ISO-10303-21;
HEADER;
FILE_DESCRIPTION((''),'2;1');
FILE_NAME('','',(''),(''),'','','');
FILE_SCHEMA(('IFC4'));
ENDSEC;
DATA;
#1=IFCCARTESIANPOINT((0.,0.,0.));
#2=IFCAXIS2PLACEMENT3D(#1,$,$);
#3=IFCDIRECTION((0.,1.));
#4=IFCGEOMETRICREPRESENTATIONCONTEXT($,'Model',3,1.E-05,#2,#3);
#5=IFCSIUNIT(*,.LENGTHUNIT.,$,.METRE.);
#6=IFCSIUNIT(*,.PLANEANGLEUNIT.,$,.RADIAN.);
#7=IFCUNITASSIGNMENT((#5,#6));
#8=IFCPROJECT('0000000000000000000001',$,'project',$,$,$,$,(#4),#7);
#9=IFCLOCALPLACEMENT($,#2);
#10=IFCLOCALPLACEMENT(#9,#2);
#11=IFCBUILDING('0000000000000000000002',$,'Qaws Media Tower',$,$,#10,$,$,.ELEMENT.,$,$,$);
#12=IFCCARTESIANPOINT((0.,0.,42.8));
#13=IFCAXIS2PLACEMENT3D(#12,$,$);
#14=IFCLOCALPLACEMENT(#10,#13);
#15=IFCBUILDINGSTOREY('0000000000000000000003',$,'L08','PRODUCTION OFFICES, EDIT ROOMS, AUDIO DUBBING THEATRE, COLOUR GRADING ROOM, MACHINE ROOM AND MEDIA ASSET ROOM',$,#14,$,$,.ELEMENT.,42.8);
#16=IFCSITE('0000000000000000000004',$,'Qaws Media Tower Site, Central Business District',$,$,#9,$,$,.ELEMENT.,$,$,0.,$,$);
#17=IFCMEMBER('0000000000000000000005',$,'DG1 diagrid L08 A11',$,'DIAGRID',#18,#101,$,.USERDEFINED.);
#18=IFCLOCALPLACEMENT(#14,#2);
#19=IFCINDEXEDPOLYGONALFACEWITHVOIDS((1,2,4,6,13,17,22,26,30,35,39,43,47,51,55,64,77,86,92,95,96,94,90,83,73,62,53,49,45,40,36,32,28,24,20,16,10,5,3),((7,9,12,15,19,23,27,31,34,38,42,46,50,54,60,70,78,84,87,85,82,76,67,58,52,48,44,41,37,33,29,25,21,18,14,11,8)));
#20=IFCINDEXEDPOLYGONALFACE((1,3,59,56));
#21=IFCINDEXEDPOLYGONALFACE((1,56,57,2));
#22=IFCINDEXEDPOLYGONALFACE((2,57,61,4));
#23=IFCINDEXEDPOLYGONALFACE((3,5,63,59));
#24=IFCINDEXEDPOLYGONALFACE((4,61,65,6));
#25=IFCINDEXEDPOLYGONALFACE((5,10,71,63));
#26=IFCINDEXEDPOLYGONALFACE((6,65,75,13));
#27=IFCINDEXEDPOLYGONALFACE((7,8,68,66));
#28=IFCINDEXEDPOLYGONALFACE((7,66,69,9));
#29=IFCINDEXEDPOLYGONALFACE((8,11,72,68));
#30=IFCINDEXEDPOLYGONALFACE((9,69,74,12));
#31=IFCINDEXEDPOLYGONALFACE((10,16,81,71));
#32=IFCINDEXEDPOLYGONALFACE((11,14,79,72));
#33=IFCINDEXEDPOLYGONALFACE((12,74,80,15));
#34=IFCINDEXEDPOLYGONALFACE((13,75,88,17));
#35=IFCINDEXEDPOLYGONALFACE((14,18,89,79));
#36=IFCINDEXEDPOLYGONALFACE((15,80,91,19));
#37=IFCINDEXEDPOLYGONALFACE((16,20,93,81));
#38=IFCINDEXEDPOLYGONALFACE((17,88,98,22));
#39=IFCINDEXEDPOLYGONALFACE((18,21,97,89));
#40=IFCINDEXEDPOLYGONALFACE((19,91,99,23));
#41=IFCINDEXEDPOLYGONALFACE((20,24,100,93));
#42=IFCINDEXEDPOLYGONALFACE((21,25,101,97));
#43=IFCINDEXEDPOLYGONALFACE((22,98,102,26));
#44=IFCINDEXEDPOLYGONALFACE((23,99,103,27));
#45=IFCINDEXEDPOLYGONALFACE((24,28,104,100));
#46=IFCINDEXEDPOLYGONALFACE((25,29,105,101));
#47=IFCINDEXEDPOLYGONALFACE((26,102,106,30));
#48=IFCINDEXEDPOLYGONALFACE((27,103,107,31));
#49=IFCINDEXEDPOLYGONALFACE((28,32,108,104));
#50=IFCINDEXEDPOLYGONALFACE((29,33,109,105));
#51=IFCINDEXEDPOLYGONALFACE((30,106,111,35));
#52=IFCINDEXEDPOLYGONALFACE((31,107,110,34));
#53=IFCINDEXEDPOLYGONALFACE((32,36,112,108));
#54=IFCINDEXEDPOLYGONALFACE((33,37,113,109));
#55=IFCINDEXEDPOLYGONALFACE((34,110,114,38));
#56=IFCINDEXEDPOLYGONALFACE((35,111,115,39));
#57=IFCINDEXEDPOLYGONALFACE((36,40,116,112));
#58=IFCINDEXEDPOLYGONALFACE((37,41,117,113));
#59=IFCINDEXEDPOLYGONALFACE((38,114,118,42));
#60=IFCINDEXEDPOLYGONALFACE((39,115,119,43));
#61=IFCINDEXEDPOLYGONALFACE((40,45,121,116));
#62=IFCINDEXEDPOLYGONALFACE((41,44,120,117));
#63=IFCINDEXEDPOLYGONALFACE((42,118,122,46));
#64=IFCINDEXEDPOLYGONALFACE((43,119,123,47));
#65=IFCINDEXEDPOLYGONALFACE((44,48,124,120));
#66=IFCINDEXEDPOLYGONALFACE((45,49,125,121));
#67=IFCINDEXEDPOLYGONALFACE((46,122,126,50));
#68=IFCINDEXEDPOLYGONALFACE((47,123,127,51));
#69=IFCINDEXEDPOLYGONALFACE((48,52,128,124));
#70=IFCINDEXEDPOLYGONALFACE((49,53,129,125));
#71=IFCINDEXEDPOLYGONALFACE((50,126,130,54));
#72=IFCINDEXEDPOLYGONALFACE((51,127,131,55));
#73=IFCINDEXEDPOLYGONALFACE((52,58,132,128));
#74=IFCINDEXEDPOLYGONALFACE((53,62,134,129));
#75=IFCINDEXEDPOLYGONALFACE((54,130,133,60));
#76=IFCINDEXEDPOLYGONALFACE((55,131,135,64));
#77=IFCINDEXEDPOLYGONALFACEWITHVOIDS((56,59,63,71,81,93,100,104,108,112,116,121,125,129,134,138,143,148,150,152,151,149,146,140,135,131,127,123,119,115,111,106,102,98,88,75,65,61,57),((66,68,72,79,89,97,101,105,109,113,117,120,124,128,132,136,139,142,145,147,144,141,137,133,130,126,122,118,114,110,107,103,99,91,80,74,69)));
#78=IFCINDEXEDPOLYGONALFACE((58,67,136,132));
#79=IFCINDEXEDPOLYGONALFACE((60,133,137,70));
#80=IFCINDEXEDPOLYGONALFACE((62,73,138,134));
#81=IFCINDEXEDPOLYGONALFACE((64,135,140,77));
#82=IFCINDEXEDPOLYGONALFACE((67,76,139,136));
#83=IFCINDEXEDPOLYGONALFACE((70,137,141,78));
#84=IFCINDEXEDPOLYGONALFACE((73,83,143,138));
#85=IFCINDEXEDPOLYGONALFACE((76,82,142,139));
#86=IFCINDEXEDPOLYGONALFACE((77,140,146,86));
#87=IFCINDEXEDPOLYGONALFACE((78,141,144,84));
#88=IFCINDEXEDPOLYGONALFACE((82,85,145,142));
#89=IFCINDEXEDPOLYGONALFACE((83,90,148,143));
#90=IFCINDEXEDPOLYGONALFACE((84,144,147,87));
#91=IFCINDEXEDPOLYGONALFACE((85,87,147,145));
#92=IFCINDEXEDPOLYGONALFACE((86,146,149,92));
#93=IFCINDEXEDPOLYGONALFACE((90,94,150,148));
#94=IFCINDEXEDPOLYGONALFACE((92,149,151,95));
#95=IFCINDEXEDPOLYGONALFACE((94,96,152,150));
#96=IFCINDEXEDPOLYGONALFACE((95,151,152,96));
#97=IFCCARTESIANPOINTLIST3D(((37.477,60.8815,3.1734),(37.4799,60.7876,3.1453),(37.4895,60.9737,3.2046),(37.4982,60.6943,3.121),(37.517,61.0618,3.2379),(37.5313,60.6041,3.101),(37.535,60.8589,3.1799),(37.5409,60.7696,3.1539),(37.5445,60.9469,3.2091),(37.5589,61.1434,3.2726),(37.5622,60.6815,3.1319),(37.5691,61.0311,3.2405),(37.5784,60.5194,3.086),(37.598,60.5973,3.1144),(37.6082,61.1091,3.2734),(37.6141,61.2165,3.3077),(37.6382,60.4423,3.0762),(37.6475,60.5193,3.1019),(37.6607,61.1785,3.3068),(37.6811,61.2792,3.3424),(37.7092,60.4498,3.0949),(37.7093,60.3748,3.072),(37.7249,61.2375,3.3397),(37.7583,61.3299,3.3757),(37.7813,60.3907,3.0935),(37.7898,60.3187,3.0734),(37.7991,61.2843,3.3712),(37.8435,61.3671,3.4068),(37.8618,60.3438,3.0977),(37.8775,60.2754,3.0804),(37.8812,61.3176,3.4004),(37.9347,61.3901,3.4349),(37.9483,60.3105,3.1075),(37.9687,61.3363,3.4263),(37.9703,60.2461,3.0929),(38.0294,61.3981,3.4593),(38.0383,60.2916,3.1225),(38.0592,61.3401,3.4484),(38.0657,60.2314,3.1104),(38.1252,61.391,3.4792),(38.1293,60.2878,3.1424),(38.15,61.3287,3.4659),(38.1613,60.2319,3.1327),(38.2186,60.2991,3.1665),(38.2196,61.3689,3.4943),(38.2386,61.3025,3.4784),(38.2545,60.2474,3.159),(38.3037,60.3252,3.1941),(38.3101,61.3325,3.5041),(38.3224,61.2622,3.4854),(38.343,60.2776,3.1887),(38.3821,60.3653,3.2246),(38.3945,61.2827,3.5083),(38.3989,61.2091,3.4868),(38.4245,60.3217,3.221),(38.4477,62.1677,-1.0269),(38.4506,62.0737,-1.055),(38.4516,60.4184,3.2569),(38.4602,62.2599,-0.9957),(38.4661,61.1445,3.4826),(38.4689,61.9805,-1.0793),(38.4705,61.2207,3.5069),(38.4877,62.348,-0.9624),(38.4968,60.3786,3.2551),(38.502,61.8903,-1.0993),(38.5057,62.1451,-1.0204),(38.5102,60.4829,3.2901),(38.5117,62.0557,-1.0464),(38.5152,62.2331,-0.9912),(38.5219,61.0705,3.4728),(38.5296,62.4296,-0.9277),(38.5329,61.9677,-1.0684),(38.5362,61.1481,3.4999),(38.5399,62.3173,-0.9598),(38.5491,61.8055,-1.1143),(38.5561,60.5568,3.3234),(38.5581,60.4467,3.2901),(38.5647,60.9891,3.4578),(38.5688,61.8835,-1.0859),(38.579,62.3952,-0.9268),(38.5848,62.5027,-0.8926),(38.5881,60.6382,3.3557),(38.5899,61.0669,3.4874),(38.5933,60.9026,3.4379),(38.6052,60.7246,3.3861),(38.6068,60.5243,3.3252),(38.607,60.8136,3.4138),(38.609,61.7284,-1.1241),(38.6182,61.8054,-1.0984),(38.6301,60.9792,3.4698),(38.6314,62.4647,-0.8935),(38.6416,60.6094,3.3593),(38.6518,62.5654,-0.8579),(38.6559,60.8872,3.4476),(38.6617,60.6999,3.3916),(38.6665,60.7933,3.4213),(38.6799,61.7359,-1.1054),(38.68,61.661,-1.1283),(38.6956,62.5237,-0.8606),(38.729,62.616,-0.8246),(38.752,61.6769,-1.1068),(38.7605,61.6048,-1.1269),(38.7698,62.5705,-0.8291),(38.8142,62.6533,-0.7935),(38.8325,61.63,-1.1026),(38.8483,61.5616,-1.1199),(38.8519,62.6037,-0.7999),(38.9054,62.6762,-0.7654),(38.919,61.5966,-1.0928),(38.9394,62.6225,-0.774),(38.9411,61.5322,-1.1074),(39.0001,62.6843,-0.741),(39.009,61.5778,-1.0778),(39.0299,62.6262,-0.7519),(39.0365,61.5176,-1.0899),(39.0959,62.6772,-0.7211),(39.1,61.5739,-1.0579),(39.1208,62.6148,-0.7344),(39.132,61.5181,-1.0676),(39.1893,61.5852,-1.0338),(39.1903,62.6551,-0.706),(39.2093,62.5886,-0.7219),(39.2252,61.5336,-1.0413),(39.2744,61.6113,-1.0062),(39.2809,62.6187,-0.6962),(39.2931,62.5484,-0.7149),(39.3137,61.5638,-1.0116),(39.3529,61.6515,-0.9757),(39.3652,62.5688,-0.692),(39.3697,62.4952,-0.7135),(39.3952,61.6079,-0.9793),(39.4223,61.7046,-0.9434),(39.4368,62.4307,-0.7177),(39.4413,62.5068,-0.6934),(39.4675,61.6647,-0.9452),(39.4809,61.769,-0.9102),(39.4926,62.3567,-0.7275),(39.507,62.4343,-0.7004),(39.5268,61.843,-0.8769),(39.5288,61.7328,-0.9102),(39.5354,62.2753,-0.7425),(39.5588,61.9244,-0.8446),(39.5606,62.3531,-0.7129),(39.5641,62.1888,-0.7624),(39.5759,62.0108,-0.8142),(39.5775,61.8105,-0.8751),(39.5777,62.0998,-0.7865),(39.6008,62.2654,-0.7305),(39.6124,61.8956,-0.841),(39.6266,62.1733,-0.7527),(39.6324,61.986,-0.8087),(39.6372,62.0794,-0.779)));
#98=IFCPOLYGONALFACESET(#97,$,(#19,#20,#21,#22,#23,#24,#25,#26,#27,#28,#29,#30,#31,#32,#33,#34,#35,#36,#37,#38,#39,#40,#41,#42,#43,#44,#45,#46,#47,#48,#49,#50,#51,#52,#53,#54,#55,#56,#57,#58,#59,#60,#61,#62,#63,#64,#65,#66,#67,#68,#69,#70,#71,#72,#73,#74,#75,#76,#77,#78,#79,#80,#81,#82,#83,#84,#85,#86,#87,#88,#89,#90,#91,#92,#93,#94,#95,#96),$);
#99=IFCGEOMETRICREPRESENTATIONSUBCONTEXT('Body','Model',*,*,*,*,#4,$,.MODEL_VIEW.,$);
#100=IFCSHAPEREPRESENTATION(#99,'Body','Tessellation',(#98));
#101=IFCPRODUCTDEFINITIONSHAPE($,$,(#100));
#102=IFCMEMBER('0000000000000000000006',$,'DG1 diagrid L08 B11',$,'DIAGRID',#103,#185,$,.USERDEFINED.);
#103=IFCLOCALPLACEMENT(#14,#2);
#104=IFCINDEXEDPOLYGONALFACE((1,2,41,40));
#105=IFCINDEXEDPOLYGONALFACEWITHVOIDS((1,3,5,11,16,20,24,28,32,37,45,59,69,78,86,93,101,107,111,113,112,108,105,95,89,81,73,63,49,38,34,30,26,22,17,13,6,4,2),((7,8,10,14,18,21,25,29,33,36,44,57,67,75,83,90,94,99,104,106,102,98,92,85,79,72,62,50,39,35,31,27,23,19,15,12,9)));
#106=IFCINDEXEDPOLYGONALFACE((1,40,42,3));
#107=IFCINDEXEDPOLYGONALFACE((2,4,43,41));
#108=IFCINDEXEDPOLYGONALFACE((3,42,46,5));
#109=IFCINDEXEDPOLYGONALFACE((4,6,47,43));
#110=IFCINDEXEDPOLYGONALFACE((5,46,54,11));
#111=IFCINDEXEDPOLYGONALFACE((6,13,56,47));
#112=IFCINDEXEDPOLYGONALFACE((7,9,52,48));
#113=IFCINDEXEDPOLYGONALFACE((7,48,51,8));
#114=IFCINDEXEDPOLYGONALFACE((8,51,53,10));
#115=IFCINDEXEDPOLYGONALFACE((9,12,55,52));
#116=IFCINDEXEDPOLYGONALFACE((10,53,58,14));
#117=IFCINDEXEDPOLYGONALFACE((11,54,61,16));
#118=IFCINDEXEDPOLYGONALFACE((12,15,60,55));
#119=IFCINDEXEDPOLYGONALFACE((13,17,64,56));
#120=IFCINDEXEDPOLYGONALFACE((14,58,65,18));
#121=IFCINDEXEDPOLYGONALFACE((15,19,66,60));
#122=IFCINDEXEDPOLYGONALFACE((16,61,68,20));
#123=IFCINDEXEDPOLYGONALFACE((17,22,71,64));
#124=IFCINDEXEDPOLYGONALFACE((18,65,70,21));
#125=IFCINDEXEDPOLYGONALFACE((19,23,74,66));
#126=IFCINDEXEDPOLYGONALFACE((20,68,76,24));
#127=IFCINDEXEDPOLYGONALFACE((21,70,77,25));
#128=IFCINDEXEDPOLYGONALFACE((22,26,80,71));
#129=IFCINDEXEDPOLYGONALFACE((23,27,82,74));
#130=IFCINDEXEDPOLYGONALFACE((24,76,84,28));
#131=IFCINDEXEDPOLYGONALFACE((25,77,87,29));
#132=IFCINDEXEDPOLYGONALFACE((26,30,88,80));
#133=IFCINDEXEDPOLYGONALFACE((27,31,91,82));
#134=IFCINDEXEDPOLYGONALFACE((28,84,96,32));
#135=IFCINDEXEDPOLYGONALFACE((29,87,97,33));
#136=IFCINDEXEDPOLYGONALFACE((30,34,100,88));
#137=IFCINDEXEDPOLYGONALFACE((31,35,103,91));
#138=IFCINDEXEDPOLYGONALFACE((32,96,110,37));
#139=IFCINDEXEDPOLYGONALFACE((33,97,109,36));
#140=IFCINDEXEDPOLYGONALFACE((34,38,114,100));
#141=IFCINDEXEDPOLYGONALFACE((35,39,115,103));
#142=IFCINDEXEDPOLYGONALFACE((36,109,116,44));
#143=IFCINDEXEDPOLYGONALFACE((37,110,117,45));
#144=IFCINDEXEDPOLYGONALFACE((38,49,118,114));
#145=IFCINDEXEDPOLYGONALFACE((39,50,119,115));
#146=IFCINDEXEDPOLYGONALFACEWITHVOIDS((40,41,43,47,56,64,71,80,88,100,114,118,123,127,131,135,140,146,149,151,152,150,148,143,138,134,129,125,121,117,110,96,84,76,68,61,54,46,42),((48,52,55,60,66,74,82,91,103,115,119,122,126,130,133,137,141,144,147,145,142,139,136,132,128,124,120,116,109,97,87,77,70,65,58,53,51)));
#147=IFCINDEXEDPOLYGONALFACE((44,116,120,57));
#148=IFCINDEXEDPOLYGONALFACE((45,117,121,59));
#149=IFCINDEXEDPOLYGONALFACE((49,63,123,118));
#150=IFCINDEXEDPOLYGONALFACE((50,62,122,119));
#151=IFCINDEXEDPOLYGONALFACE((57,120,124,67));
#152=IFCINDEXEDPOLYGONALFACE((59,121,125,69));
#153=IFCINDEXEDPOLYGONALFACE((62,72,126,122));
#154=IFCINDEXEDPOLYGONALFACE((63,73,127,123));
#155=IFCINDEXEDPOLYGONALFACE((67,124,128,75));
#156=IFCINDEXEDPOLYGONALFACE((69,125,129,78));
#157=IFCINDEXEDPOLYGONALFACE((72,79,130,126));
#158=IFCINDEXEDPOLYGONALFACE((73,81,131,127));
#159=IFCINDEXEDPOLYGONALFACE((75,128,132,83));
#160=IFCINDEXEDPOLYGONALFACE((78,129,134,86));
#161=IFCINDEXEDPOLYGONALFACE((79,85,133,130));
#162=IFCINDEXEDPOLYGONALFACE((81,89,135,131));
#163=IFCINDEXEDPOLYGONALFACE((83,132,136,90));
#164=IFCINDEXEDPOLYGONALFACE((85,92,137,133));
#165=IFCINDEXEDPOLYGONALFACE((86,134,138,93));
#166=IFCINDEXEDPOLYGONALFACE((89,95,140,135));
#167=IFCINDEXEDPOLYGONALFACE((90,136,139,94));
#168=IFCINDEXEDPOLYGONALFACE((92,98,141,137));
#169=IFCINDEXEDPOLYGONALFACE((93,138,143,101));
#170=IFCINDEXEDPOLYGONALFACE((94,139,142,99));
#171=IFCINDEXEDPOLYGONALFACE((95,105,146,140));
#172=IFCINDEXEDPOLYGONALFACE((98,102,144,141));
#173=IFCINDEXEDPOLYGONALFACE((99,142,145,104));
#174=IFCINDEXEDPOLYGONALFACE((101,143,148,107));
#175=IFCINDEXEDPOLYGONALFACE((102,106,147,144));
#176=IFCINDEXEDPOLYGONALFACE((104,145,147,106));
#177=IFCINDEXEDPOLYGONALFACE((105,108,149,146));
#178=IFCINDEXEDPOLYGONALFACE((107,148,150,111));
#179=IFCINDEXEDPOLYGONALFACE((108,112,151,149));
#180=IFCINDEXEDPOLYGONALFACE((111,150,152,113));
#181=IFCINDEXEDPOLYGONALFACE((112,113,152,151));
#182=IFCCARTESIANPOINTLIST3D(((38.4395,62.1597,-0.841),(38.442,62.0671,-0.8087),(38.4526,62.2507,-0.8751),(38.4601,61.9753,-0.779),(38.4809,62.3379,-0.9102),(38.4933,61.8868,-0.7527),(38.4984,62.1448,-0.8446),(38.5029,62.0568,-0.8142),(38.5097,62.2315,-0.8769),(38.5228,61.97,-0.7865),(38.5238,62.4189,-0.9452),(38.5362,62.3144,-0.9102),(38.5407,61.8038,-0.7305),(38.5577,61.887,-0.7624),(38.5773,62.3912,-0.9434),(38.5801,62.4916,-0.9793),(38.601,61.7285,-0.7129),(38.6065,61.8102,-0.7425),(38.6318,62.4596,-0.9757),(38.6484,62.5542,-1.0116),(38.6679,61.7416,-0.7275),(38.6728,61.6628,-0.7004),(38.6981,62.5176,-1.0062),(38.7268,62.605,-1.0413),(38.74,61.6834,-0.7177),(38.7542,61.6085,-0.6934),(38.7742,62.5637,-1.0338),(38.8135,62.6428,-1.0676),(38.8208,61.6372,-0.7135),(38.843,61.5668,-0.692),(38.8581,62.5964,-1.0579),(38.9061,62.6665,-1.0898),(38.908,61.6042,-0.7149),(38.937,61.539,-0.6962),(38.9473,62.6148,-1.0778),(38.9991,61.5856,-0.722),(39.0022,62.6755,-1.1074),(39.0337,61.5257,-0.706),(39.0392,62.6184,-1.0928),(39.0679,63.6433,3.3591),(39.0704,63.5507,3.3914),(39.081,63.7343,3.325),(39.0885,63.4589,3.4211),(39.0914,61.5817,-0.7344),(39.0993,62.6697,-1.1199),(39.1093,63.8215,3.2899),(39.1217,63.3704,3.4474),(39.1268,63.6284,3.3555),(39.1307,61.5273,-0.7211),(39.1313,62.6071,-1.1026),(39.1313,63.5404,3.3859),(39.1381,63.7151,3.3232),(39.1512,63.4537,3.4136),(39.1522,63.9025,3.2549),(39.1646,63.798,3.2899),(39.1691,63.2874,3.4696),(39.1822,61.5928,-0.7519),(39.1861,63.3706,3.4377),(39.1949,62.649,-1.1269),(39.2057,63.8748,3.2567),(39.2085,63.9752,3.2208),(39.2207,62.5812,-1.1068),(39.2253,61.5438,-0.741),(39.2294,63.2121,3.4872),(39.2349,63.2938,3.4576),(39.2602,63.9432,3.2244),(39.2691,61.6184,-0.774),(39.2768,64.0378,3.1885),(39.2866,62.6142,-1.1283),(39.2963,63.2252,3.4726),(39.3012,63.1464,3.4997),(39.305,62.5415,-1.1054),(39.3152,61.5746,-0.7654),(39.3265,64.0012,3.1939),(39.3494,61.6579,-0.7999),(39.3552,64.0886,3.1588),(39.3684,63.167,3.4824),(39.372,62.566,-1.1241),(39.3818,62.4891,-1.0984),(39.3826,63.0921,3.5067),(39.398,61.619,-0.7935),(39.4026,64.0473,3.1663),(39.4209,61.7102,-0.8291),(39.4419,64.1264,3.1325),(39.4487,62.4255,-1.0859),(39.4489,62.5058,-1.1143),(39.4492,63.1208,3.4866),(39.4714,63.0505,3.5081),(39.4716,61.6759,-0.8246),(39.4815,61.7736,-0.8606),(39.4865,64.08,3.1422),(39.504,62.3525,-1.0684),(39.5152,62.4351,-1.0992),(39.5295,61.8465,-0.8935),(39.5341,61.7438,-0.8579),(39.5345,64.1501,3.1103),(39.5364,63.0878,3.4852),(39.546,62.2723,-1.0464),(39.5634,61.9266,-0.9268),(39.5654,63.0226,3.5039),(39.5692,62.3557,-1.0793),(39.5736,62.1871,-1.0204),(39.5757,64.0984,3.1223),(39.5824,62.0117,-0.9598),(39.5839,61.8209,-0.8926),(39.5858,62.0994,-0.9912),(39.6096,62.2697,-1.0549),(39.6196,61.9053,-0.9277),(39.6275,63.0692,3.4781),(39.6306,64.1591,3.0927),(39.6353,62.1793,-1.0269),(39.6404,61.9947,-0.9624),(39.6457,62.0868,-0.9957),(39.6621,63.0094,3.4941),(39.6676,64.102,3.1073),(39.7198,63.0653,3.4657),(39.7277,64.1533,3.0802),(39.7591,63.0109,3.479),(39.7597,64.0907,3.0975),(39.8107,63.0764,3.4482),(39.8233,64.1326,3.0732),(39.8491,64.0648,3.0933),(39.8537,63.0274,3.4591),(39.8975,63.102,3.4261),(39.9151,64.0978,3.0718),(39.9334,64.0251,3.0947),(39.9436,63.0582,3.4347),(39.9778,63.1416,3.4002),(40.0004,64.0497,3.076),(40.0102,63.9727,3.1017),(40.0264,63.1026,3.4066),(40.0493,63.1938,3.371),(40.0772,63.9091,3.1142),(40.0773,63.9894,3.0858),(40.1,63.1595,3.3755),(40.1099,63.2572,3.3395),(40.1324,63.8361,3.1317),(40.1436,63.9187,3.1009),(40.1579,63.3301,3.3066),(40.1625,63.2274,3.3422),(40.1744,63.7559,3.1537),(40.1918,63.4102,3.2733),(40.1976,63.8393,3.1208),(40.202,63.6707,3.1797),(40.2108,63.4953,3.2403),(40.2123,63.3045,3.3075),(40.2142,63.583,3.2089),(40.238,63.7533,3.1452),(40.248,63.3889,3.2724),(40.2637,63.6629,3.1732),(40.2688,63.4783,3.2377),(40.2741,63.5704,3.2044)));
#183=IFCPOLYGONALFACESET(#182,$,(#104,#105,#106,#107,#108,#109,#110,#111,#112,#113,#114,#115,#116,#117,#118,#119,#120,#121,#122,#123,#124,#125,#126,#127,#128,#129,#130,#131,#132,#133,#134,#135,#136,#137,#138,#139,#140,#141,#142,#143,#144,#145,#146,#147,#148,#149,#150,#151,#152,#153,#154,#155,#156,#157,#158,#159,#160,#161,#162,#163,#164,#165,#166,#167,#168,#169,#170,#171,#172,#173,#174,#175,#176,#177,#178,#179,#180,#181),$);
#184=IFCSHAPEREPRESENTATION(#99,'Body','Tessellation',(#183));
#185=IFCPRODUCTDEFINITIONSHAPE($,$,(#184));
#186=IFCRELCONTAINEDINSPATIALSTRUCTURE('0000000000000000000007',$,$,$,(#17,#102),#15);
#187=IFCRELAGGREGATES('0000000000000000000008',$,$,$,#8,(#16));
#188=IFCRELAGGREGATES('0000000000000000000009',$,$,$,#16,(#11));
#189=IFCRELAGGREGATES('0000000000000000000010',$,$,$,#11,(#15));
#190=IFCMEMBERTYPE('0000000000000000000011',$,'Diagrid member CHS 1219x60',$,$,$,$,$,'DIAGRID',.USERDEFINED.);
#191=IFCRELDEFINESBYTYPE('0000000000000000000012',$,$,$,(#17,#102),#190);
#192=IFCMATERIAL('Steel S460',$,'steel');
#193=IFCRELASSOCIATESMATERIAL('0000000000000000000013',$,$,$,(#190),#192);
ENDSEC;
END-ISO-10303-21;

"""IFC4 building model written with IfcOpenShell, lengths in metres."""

from ifc_helpers import new_model, si_unit, direction, frame, origin, origin_2d, place, context, subcontext, project, spatial, hollow_circle, extrude, material, material_profile, profile_set, type_object, element, save


model = new_model("IFC4")

# Units and contexts
model_context = context("Model", 3, precision=1e-05, world=origin(), true_north=direction((0.0, 1.0)))
body_context = subcontext(model_context, "Body", "Model", "MODEL_VIEW")
ifc_project = project(units=[si_unit("LENGTHUNIT", "METRE"), si_unit("PLANEANGLEUNIT", "RADIAN")], contexts=[model_context])

# Site, building, storey
site_placement = place(None, origin())
site = spatial("IfcSite", under=ifc_project, at=site_placement, Name="Qaws Media Tower Site, Central Business District", CompositionType="ELEMENT", RefElevation=0.0)
building_placement = place(site_placement, origin())
building = spatial("IfcBuilding", under=site, at=building_placement, Name="Qaws Media Tower", CompositionType="ELEMENT")
storey_placement = place(building_placement, frame((0.0, 0.0, 42.8)))
storey = spatial("IfcBuildingStorey", under=building, at=storey_placement, Name="L08", Description="PRODUCTION OFFICES, EDIT ROOMS, AUDIO DUBBING THEATRE, COLOUR GRADING ROOM, MACHINE ROOM AND MEDIA ASSET ROOM", CompositionType="ELEMENT", Elevation=42.8)

# Members
ifc_material_1 = material(Name="Steel S460", Category="steel")
ifc_material_profile_1 = material_profile(ifc_material_1, hollow_circle(Radius=0.6096, WallThickness=0.0601, at=origin_2d()), Name="CHS 1219x60")
ifc_profile_set_1 = profile_set([ifc_material_profile_1], Name="Steel S460")
member_type_1 = type_object("IfcMemberType", Name="Diagrid member CHS 1219x60", ElementType="DIAGRID", PredefinedType="USERDEFINED", material=ifc_profile_set_1)
member_1_placement = place(storey_placement, frame((39.0422, 62.1001, -0.9102), z_axis=(-0.215776, -0.285892, 0.933652), x_axis=(0.798178, -0.602421, 0.0)))
element("IfcMember", 1, at=member_1_placement, inside=storey, type_object=member_type_1, Name="DG1 diagrid L08 A11", ObjectType="DIAGRID", PredefinedType="USERDEFINED", context=body_context, shape_type="SweptSolid", body=[
    extrude(hollow_circle(Radius=0.6096, WallThickness=0.0601, at=origin_2d()), origin(), (0.0, 0.0, 1.0), 4.4988),
])
member_2_placement = place(storey_placement, frame((39.0422, 62.1001, -0.9102), z_axis=(0.139691, 0.329798, 0.933659), x_axis=(-0.920806, 0.390021, 0.0)))
element("IfcMember", 2, at=member_2_placement, inside=storey, type_object=member_type_1, Name="DG1 diagrid L08 B11", ObjectType="DIAGRID", PredefinedType="USERDEFINED", context=body_context, shape_type="SweptSolid", body=[
    extrude(hollow_circle(Radius=0.6096, WallThickness=0.0601, at=origin_2d()), origin(), (0.0, 0.0, 1.0), 4.4985),
])

save(model, "model.ifc")
